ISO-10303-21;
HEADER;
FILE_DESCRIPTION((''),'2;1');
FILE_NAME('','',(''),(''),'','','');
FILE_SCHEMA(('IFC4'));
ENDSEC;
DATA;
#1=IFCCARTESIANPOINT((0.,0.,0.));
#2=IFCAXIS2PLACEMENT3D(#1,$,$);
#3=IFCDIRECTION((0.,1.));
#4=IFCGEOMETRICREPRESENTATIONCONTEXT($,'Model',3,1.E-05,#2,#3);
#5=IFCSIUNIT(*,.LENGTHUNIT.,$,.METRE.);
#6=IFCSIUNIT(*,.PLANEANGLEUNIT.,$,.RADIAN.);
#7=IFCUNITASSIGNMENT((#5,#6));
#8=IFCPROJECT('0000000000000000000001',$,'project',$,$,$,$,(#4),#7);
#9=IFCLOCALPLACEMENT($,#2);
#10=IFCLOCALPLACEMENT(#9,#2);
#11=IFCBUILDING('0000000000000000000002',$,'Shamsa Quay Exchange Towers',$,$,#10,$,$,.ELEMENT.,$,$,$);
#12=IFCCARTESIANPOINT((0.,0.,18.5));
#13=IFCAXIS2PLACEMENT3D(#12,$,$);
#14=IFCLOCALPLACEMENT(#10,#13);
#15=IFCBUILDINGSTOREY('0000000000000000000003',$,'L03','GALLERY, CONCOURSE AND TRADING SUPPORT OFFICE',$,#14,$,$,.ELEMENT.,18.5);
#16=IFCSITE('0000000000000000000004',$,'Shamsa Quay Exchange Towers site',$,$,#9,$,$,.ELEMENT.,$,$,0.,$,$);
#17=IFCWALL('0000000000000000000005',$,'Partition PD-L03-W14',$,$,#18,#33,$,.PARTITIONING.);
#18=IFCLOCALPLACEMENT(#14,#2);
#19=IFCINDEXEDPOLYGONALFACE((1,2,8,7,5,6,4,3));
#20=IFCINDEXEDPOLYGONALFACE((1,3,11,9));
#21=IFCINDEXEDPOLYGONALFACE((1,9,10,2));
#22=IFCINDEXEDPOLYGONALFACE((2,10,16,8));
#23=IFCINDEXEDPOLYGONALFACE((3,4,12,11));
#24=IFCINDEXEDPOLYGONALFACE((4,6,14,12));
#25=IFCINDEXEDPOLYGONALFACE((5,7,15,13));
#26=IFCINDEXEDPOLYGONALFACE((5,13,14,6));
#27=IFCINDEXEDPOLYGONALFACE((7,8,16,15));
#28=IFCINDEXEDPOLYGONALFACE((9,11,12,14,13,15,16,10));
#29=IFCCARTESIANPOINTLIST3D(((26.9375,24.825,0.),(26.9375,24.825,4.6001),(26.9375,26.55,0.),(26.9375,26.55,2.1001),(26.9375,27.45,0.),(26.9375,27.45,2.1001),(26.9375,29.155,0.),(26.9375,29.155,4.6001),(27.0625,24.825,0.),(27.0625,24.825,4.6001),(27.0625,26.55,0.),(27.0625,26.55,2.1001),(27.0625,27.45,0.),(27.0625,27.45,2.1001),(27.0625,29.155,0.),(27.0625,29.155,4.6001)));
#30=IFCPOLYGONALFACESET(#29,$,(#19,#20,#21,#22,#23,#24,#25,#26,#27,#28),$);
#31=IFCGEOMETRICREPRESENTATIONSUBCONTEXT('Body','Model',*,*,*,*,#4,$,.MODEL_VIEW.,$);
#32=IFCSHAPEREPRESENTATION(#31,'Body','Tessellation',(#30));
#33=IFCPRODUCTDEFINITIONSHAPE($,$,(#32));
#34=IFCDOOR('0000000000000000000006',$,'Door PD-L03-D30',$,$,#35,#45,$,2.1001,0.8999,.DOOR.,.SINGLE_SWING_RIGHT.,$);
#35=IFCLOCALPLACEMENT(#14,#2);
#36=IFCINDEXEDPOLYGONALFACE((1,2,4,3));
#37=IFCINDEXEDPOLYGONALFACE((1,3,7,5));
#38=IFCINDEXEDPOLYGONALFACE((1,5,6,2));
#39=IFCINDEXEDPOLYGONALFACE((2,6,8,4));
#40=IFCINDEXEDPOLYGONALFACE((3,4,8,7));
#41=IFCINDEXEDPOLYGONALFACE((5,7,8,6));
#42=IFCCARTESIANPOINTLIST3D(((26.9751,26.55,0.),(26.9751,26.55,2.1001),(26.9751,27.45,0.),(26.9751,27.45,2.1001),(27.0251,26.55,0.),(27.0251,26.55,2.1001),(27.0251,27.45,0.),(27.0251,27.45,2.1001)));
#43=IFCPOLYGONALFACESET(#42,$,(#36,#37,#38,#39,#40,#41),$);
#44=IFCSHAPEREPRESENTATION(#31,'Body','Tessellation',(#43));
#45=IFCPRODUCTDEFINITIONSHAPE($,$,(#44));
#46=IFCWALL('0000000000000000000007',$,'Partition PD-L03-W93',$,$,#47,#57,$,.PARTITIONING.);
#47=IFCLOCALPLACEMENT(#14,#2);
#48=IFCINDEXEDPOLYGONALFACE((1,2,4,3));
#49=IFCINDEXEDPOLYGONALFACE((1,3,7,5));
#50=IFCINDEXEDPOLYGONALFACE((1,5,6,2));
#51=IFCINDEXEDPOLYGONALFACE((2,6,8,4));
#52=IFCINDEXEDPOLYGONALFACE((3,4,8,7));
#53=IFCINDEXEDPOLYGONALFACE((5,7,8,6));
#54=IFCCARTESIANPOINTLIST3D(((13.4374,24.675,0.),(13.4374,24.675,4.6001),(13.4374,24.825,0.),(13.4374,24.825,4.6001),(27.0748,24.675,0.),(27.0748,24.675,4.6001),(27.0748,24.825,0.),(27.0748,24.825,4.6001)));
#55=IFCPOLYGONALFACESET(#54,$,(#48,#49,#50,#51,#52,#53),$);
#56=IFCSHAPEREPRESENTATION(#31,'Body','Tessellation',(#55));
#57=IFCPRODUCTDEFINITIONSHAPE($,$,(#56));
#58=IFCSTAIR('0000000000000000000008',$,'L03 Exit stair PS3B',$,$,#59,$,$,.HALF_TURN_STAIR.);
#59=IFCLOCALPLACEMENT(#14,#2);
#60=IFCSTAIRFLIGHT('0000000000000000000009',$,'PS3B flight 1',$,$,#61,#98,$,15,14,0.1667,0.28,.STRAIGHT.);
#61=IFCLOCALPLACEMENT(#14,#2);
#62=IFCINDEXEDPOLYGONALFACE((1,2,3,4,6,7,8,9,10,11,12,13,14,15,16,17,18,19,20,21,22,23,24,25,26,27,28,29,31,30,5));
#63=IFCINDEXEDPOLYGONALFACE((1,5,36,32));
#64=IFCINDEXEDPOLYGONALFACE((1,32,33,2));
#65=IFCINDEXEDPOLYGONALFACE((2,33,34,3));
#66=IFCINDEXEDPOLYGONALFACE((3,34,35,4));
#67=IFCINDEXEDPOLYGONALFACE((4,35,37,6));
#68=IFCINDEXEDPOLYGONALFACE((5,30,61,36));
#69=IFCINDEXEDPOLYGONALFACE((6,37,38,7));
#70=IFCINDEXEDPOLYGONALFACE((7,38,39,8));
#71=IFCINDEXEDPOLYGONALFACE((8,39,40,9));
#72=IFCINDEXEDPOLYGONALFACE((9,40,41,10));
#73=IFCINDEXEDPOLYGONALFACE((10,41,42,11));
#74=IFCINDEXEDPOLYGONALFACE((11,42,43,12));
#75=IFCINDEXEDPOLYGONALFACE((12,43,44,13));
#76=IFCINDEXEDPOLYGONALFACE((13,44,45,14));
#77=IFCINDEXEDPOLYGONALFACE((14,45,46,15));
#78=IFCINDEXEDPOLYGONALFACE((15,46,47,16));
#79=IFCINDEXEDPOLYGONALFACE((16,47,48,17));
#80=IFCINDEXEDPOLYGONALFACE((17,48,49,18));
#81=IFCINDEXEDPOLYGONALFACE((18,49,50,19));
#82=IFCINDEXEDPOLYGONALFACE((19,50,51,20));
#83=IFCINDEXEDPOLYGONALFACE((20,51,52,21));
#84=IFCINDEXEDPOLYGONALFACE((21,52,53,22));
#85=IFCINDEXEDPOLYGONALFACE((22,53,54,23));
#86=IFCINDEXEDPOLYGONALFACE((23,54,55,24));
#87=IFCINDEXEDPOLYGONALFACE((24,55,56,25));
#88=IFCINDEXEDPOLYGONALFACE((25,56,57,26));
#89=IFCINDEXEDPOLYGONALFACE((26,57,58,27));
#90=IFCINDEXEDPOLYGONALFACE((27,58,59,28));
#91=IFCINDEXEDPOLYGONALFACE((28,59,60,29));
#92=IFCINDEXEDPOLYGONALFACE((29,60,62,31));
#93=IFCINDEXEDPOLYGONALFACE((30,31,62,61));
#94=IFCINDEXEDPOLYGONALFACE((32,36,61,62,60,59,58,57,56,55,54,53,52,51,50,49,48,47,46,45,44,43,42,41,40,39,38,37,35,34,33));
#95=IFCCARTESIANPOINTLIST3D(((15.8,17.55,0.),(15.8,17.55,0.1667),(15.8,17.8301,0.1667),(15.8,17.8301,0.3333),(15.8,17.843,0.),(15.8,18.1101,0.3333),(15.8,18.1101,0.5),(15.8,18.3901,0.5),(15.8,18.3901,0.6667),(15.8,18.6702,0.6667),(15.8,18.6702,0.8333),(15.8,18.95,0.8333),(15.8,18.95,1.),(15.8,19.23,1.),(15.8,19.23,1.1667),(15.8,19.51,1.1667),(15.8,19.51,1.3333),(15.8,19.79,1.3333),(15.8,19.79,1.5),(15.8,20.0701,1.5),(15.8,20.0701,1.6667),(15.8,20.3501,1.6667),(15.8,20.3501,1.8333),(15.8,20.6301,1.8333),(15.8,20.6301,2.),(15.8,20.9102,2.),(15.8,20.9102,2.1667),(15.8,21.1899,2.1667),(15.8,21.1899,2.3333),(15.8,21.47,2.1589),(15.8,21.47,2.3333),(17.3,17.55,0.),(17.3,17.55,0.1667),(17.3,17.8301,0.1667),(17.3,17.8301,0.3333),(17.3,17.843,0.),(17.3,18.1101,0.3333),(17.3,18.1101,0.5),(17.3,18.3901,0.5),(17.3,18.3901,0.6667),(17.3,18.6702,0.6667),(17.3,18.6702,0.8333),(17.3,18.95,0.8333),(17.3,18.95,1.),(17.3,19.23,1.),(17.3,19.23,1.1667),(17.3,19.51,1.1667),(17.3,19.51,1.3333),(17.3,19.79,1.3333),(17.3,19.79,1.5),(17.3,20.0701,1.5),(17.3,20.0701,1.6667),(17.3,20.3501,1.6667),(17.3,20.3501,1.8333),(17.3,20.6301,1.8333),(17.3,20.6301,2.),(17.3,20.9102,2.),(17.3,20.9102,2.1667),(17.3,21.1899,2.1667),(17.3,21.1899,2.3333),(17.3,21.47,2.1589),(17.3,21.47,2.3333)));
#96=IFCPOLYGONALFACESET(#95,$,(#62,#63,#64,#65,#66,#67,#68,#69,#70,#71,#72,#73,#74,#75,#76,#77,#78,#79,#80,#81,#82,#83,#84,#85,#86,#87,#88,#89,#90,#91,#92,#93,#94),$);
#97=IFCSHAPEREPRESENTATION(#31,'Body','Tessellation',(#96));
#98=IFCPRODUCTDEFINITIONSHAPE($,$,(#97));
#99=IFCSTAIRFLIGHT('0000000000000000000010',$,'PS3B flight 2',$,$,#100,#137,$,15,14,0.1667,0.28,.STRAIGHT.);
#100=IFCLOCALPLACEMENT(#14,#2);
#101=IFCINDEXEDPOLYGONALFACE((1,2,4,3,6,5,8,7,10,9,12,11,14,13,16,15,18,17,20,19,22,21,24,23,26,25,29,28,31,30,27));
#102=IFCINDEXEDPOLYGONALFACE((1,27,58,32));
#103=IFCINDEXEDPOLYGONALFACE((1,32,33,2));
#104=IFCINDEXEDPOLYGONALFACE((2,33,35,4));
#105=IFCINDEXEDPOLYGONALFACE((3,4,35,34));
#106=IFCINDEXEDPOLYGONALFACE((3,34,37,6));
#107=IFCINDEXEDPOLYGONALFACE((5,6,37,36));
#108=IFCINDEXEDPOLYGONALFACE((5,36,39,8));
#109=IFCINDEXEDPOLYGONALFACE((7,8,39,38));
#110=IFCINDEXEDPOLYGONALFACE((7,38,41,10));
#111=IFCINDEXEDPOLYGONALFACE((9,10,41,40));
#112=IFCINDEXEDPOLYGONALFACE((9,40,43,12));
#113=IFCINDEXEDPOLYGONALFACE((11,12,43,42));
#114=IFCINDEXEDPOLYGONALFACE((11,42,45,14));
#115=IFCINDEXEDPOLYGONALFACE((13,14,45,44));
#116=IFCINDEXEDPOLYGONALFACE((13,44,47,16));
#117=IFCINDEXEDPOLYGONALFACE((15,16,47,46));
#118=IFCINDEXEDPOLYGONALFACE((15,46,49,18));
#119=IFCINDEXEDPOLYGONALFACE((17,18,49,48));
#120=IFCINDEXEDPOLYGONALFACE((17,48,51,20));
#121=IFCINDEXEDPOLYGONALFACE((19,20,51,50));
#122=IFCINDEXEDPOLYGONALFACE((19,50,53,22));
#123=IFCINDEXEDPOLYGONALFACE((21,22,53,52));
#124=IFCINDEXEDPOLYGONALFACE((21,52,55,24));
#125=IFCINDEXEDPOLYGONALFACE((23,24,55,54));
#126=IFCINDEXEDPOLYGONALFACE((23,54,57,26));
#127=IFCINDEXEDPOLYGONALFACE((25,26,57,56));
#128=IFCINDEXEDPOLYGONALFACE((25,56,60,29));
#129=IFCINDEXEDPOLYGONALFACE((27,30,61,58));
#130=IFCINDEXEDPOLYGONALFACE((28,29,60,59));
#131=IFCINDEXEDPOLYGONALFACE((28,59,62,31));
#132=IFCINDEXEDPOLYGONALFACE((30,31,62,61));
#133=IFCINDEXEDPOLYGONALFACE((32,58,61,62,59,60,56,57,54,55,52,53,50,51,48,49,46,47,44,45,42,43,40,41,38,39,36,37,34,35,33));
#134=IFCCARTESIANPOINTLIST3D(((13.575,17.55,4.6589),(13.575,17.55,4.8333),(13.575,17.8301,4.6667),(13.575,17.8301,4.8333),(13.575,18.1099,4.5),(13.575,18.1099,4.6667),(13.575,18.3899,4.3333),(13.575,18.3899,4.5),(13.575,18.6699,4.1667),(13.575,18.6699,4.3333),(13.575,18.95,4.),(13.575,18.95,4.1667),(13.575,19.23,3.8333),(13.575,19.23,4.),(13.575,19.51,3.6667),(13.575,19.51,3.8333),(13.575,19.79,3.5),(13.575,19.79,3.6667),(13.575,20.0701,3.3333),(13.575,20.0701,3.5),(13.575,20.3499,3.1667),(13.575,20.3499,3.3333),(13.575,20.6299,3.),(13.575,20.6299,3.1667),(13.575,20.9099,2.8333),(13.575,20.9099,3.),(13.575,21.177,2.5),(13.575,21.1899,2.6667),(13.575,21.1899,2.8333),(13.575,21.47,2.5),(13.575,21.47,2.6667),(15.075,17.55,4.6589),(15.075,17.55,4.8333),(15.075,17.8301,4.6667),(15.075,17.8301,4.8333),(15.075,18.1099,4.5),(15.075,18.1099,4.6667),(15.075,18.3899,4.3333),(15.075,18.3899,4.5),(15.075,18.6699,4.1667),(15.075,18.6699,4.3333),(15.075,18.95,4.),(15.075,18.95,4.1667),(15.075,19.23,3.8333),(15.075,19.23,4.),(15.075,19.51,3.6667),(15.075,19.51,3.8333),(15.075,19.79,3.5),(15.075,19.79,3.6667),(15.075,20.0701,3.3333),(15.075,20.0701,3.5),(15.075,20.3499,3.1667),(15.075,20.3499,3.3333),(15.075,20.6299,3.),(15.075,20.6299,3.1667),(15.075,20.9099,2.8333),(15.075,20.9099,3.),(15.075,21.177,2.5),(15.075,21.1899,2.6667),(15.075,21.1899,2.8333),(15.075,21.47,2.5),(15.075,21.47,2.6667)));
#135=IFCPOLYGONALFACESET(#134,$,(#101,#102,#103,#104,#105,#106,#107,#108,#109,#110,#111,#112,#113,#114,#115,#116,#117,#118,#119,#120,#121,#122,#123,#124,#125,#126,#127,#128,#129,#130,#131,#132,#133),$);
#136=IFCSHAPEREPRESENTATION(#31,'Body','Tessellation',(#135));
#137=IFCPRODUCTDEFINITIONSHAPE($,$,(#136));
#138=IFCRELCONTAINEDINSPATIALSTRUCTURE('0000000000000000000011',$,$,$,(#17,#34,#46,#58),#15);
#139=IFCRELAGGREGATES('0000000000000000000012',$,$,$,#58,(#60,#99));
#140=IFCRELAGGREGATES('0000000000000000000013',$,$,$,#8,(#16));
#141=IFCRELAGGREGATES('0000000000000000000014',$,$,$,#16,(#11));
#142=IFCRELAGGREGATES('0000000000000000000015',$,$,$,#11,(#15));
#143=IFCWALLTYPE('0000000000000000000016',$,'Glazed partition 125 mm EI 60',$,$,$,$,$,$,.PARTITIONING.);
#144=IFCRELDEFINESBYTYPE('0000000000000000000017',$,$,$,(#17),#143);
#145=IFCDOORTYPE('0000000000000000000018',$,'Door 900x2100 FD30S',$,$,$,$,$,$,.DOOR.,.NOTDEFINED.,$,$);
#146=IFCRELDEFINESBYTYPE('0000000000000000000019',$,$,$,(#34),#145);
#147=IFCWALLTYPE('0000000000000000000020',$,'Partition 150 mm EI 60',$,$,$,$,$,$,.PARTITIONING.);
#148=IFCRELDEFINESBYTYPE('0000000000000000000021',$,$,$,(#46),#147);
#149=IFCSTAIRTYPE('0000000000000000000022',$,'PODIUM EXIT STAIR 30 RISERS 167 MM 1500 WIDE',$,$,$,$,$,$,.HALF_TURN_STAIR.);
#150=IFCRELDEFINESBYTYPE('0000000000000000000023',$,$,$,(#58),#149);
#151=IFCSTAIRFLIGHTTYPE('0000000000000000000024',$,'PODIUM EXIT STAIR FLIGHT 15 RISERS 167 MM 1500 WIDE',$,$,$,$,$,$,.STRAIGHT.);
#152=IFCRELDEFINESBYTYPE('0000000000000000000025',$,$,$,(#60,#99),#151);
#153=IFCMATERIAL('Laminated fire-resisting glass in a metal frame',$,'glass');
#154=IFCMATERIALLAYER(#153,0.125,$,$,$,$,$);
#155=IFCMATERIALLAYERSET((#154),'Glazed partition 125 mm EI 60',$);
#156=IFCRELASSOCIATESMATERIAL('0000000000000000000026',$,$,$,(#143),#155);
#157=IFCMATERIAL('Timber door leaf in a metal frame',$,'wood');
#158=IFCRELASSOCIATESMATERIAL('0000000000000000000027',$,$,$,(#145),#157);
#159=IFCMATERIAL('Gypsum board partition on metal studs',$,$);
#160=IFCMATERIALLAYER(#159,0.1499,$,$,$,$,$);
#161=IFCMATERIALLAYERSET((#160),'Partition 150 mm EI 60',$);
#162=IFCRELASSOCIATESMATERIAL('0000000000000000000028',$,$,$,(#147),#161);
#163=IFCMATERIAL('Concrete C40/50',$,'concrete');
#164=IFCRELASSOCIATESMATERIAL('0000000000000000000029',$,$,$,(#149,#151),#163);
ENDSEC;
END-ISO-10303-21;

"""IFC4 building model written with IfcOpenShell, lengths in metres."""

from ifc_helpers import new_model, si_unit, direction, frame, frame_2d, origin, place, context, subcontext, project, spatial, polyline, rectangle, outline, extrude, material, layer, layer_set, type_object, element, fill, aggregate, save


model = new_model("IFC4")

# Units and contexts
model_context = context("Model", 3, precision=1e-05, world=origin(), true_north=direction((0.0, 1.0)))
body_context = subcontext(model_context, "Body", "Model", "MODEL_VIEW")
ifc_project = project(units=[si_unit("LENGTHUNIT", "METRE"), si_unit("PLANEANGLEUNIT", "RADIAN")], contexts=[model_context])

# Site, building, storey
site_placement = place(None, origin())
site = spatial("IfcSite", under=ifc_project, at=site_placement, Name="Shamsa Quay Exchange Towers site", CompositionType="ELEMENT", RefElevation=0.0)
building_placement = place(site_placement, origin())
building = spatial("IfcBuilding", under=site, at=building_placement, Name="Shamsa Quay Exchange Towers", CompositionType="ELEMENT")
storey_placement = place(building_placement, frame((0.0, 0.0, 18.5)))
storey = spatial("IfcBuildingStorey", under=building, at=storey_placement, Name="L03", Description="GALLERY, CONCOURSE AND TRADING SUPPORT OFFICE", CompositionType="ELEMENT", Elevation=18.5)

# Wall, opening, door
ifc_material_1 = material(Name="Laminated fire-resisting glass in a metal frame", Category="glass")
ifc_layer_1 = layer(ifc_material_1, 0.125)
ifc_layer_set_1 = layer_set([ifc_layer_1], Name="Glazed partition 125 mm EI 60")
wall_type_1 = type_object("IfcWallType", Name="Glazed partition 125 mm EI 60", PredefinedType="PARTITIONING", material=ifc_layer_set_1)
wall_1_placement = place(storey_placement, frame((27.0, 24.825, 0.0), z_axis=(0.0, 0.0, 1.0), x_axis=(0.0, 1.0, 0.0)))
wall_1 = element("IfcWall", 1, at=wall_1_placement, inside=storey, type_object=wall_type_1, Name="Partition PD-L03-W14", PredefinedType="PARTITIONING", context=body_context, shape_type="SweptSolid", body=[
    extrude(rectangle(XDim=4.3301, YDim=0.125, at=frame_2d((2.165, 0.0))), origin(), (0.0, 0.0, 1.0), 4.6001),
])
opening_placement = place(wall_1_placement, frame((1.7251, 0.0, 0.0)))
opening = element("IfcOpeningElement", 2, at=opening_placement, cuts=wall_1, PredefinedType="OPENING", context=body_context, shape_type="SweptSolid", body=[
    extrude(rectangle(XDim=0.8999, YDim=2.1001, at=frame_2d((0.45, 1.05))), frame((0.0, 0.0725, 0.0), z_axis=(0.0, -1.0, 0.0), x_axis=(1.0, 0.0, 0.0)), (0.0, 0.0, 1.0), 0.145),
])
ifc_material_2 = material(Name="Timber door leaf in a metal frame", Category="wood")
door_type = type_object("IfcDoorType", Name="Door 900x2100 FD30S", OperationType="NOTDEFINED", PredefinedType="DOOR", material=ifc_material_2)
door_placement = place(opening_placement, origin())
door = element("IfcDoor", 3, at=door_placement, inside=storey, type_object=door_type, Name="Door PD-L03-D30", OperationType="SINGLE_SWING_RIGHT", OverallHeight=2.1001, OverallWidth=0.8999, PredefinedType="DOOR", context=body_context, shape_type="SweptSolid", body=[
    extrude(rectangle(XDim=0.8999, YDim=2.1001, at=frame_2d((0.45, 1.05))), frame((0.0, 0.0249, 0.0), z_axis=(0.0, -1.0, 0.0), x_axis=(1.0, 0.0, 0.0)), (0.0, 0.0, 1.0), 0.05),
])
fill(opening, door)

# Wall
ifc_material_3 = material(Name="Gypsum board partition on metal studs")
ifc_layer_2 = layer(ifc_material_3, 0.1499)
ifc_layer_set_2 = layer_set([ifc_layer_2], Name="Partition 150 mm EI 60")
wall_type_2 = type_object("IfcWallType", Name="Partition 150 mm EI 60", PredefinedType="PARTITIONING", material=ifc_layer_set_2)
wall_2_placement = place(storey_placement, frame((27.075, 24.75, 0.0), z_axis=(0.0, 0.0, 1.0), x_axis=(-1.0, 0.0, 0.0)))
element("IfcWall", 4, at=wall_2_placement, inside=storey, type_object=wall_type_2, Name="Partition PD-L03-W93", PredefinedType="PARTITIONING", context=body_context, shape_type="SweptSolid", body=[
    extrude(rectangle(XDim=13.6375, YDim=0.1499, at=frame_2d((6.8188, 0.0))), origin(), (0.0, 0.0, 1.0), 4.6001),
])

# Stair, stair flights
ifc_material_4 = material(Name="Concrete C40/50", Category="concrete")
stair_type = type_object("IfcStairType", Name="PODIUM EXIT STAIR 30 RISERS 167 MM 1500 WIDE", PredefinedType="HALF_TURN_STAIR", material=ifc_material_4)
stair_placement = place(storey_placement, origin())
stair = element("IfcStair", 5, at=stair_placement, inside=storey, type_object=stair_type, Name="L03 Exit stair PS3B", PredefinedType="HALF_TURN_STAIR")
stair_flight_type = type_object("IfcStairFlightType", Name="PODIUM EXIT STAIR FLIGHT 15 RISERS 167 MM 1500 WIDE", PredefinedType="STRAIGHT", material=ifc_material_4)
stair_flight_1_placement = place(storey_placement, frame((16.55, 17.55, 0.0), z_axis=(0.0, 0.0, 1.0), x_axis=(0.0, 1.0, 0.0)))
stair_flight_1 = element("IfcStairFlight", 6, at=stair_flight_1_placement, type_object=stair_flight_type, Name="PS3B flight 1", NumberOfRisers=15, NumberOfTreads=14, PredefinedType="STRAIGHT", RiserHeight=0.1667, TreadLength=0.28, context=body_context, shape_type="SweptSolid", body=[
    extrude(outline(polyline([(0.0, 0.0), (0.0, 0.1667), (0.28, 0.1667), (0.28, 0.3333), (0.5601, 0.3333), (0.5601, 0.5), (0.8401, 0.5), (0.8401, 0.6667), (1.1201, 0.6667), (1.1201, 0.8333), (1.3999, 0.8333), (1.3999, 1.0), (1.6799, 1.0), (1.6799, 1.1667), (1.96, 1.1667), (1.96, 1.3333), (2.24, 1.3333), (2.24, 1.5), (2.52, 1.5), (2.52, 1.6667), (2.8, 1.6667), (2.8, 1.8333), (3.0801, 1.8333), (3.0801, 2.0), (3.3601, 2.0), (3.3601, 2.1667), (3.6399, 2.1667), (3.6399, 2.3333), (3.9199, 2.3333), (3.9199, 2.5), (3.9199, 2.1589), (0.293, 0.0), (0.0, 0.0)])), frame((0.0, 0.75, 0.0), z_axis=(0.0, -1.0, 0.0), x_axis=(1.0, 0.0, 0.0)), (0.0, 0.0, 1.0), 1.5),
])
stair_flight_2_placement = place(storey_placement, frame((14.325, 21.47, 2.5), z_axis=(0.0, 0.0, 1.0), x_axis=(0.0, -1.0, 0.0)))
stair_flight_2 = element("IfcStairFlight", 7, at=stair_flight_2_placement, type_object=stair_flight_type, Name="PS3B flight 2", NumberOfRisers=15, NumberOfTreads=14, PredefinedType="STRAIGHT", RiserHeight=0.1667, TreadLength=0.28, context=body_context, shape_type="SweptSolid", body=[
    extrude(outline(polyline([(0.0, 0.0), (0.0, 0.1667), (0.28, 0.1667), (0.28, 0.3333), (0.5601, 0.3333), (0.5601, 0.5), (0.8401, 0.5), (0.8401, 0.6667), (1.1201, 0.6667), (1.1201, 0.8333), (1.3999, 0.8333), (1.3999, 1.0), (1.6799, 1.0), (1.6799, 1.1667), (1.96, 1.1667), (1.96, 1.3333), (2.24, 1.3333), (2.24, 1.5), (2.52, 1.5), (2.52, 1.6667), (2.8, 1.6667), (2.8, 1.8333), (3.0801, 1.8333), (3.0801, 2.0), (3.3601, 2.0), (3.3601, 2.1667), (3.6399, 2.1667), (3.6399, 2.3333), (3.9199, 2.3333), (3.9199, 2.5), (3.9199, 2.1589), (0.293, 0.0), (0.0, 0.0)])), frame((0.0, 0.75, 0.0), z_axis=(0.0, -1.0, 0.0), x_axis=(1.0, 0.0, 0.0)), (0.0, 0.0, 1.0), 1.5),
])
aggregate(stair, [stair_flight_1, stair_flight_2])

save(model, "model.ifc")
